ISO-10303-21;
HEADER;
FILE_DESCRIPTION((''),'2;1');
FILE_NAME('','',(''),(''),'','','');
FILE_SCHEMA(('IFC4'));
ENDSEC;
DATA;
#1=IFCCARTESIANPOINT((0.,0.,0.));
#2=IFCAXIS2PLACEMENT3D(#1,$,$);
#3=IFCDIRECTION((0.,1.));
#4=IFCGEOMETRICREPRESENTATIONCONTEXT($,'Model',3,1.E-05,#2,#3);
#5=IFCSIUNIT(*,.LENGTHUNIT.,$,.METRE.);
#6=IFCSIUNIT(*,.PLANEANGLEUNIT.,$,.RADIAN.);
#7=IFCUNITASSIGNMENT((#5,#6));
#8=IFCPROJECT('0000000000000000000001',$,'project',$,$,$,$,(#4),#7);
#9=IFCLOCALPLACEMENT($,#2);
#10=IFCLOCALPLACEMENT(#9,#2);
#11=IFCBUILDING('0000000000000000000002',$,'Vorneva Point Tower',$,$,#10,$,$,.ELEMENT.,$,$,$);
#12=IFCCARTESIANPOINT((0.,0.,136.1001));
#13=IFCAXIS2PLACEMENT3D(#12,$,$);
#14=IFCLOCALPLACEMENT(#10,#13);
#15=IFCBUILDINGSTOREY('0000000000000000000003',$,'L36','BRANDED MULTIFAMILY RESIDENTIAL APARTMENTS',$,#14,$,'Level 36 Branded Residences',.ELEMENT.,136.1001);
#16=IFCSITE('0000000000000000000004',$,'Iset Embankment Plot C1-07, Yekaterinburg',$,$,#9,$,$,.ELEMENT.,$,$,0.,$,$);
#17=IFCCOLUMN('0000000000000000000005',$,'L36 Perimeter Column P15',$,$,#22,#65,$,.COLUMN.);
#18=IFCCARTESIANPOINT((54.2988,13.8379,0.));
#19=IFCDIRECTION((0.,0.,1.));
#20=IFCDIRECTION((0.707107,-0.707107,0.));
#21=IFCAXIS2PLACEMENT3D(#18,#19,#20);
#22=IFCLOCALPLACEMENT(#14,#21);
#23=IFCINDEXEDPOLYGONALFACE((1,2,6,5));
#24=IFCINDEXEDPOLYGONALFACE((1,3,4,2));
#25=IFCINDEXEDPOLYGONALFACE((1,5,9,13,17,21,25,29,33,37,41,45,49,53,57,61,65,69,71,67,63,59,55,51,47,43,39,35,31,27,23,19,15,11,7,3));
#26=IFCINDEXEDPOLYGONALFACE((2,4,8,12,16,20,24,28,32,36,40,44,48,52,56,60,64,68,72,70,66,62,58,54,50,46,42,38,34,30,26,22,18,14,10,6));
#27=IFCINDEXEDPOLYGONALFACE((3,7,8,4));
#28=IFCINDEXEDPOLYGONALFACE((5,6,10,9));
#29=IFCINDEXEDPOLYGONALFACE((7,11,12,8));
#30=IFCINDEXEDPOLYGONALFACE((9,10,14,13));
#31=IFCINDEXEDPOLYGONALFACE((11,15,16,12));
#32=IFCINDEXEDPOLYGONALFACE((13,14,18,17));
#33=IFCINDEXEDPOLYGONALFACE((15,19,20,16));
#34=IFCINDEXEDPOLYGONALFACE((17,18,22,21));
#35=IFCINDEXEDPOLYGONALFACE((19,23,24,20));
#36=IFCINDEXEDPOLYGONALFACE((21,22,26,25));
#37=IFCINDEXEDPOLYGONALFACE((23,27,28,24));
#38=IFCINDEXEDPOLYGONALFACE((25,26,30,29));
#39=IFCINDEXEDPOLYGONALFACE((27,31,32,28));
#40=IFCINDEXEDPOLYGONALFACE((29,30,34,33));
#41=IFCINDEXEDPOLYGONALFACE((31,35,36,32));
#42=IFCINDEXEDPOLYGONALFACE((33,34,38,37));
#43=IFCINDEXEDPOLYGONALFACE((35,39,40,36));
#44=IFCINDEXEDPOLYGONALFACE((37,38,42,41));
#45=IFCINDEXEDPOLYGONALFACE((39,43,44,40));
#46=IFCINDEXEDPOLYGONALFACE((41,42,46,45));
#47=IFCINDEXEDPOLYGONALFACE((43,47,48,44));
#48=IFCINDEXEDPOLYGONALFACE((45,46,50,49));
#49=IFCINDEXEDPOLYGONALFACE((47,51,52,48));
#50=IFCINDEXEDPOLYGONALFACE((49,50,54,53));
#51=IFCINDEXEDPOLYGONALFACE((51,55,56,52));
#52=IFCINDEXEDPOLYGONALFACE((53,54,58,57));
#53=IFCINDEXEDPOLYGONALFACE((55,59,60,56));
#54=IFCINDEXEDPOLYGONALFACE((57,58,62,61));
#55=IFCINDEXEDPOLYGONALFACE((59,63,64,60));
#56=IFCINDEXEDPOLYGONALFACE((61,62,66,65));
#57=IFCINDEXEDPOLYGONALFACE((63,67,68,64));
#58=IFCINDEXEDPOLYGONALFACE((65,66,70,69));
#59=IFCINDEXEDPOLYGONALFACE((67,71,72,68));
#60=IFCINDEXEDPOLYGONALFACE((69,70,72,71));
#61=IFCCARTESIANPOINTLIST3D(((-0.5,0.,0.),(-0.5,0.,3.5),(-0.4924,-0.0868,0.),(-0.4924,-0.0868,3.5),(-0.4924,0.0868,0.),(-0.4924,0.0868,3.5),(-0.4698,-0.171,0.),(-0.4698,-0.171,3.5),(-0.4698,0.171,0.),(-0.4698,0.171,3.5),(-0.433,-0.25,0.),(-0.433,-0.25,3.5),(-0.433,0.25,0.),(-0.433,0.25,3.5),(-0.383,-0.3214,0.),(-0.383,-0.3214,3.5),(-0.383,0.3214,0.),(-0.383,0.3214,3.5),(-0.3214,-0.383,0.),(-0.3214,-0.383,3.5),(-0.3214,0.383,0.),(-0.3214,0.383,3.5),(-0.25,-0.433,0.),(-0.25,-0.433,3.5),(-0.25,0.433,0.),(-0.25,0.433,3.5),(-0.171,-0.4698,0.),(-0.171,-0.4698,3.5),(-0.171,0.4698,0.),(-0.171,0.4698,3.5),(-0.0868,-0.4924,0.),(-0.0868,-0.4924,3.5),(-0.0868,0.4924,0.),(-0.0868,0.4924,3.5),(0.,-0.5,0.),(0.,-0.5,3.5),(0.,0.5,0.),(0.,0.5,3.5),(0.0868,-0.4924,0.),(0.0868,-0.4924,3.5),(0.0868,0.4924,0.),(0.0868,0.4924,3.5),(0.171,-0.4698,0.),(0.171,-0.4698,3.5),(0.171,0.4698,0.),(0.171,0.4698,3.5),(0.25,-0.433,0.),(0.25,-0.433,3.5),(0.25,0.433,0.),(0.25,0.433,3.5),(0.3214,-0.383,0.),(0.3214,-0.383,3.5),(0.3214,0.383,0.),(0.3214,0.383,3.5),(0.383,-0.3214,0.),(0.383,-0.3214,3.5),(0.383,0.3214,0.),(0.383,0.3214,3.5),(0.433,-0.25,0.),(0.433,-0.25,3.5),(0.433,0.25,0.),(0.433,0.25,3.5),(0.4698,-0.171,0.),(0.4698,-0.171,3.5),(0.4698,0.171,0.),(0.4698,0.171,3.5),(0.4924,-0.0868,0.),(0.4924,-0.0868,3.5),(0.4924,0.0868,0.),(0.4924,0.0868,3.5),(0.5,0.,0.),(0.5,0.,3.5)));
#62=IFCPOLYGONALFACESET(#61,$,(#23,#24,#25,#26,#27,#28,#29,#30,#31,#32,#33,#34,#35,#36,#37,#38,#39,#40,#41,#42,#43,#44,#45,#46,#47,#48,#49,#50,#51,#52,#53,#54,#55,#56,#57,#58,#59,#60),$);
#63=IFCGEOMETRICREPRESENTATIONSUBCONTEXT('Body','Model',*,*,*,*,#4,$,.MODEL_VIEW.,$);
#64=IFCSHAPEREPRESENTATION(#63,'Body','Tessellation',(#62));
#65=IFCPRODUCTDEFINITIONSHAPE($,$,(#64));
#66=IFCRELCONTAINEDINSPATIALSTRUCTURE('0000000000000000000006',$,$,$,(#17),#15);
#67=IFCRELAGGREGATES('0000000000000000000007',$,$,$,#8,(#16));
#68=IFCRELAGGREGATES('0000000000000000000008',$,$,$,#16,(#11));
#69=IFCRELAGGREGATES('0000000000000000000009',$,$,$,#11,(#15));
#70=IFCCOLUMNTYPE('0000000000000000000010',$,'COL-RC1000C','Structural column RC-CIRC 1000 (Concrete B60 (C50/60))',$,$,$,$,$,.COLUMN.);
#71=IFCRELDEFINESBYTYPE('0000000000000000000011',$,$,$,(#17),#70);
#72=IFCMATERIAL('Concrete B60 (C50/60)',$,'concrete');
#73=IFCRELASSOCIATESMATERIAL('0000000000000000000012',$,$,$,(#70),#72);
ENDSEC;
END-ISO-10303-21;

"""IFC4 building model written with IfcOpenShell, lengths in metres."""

from ifc_helpers import new_model, si_unit, direction, frame, origin, origin_2d, place, context, subcontext, project, spatial, circle, extrude, material, material_profile, profile_set, type_object, element, save


model = new_model("IFC4")

# Units and contexts
model_context = context("Model", 3, precision=1e-05, world=origin(), true_north=direction((0.0, 1.0)))
body_context = subcontext(model_context, "Body", "Model", "MODEL_VIEW")
ifc_project = project(units=[si_unit("LENGTHUNIT", "METRE"), si_unit("PLANEANGLEUNIT", "RADIAN")], contexts=[model_context])

# Site, building, storey
site_placement = place(None, origin())
site = spatial("IfcSite", under=ifc_project, at=site_placement, Name="Iset Embankment Plot C1-07, Yekaterinburg", CompositionType="ELEMENT", RefElevation=0.0)
building_placement = place(site_placement, origin())
building = spatial("IfcBuilding", under=site, at=building_placement, Name="Vorneva Point Tower", CompositionType="ELEMENT")
storey_placement = place(building_placement, frame((0.0, 0.0, 136.1001)))
storey = spatial("IfcBuildingStorey", under=building, at=storey_placement, Name="L36", Description="BRANDED MULTIFAMILY RESIDENTIAL APARTMENTS", LongName="Level 36 Branded Residences", CompositionType="ELEMENT", Elevation=136.1001)

# Column
ifc_material_1 = material(Name="Concrete B60 (C50/60)", Category="concrete")
ifc_material_profile_1 = material_profile(ifc_material_1, circle(Radius=0.5, at=origin_2d()), Name="RC-CIRC 1000")
ifc_profile_set_1 = profile_set([ifc_material_profile_1], Name="Concrete B60 (C50/60)")
column_type_1 = type_object("IfcColumnType", Name="COL-RC1000C", Description="Structural column RC-CIRC 1000 (Concrete B60 (C50/60))", PredefinedType="COLUMN", material=ifc_profile_set_1)
column_1_placement = place(storey_placement, frame((54.2988, 13.8379, 0.0), z_axis=(0.0, 0.0, 1.0), x_axis=(0.707107, -0.707107, 0.0)))
element("IfcColumn", 1, at=column_1_placement, inside=storey, type_object=column_type_1, Name="L36 Perimeter Column P15", PredefinedType="COLUMN", context=body_context, shape_type="SweptSolid", body=[
    extrude(circle(Radius=0.5, at=origin_2d()), origin(), (0.0, 0.0, 1.0), 3.5),
])

save(model, "model.ifc")
